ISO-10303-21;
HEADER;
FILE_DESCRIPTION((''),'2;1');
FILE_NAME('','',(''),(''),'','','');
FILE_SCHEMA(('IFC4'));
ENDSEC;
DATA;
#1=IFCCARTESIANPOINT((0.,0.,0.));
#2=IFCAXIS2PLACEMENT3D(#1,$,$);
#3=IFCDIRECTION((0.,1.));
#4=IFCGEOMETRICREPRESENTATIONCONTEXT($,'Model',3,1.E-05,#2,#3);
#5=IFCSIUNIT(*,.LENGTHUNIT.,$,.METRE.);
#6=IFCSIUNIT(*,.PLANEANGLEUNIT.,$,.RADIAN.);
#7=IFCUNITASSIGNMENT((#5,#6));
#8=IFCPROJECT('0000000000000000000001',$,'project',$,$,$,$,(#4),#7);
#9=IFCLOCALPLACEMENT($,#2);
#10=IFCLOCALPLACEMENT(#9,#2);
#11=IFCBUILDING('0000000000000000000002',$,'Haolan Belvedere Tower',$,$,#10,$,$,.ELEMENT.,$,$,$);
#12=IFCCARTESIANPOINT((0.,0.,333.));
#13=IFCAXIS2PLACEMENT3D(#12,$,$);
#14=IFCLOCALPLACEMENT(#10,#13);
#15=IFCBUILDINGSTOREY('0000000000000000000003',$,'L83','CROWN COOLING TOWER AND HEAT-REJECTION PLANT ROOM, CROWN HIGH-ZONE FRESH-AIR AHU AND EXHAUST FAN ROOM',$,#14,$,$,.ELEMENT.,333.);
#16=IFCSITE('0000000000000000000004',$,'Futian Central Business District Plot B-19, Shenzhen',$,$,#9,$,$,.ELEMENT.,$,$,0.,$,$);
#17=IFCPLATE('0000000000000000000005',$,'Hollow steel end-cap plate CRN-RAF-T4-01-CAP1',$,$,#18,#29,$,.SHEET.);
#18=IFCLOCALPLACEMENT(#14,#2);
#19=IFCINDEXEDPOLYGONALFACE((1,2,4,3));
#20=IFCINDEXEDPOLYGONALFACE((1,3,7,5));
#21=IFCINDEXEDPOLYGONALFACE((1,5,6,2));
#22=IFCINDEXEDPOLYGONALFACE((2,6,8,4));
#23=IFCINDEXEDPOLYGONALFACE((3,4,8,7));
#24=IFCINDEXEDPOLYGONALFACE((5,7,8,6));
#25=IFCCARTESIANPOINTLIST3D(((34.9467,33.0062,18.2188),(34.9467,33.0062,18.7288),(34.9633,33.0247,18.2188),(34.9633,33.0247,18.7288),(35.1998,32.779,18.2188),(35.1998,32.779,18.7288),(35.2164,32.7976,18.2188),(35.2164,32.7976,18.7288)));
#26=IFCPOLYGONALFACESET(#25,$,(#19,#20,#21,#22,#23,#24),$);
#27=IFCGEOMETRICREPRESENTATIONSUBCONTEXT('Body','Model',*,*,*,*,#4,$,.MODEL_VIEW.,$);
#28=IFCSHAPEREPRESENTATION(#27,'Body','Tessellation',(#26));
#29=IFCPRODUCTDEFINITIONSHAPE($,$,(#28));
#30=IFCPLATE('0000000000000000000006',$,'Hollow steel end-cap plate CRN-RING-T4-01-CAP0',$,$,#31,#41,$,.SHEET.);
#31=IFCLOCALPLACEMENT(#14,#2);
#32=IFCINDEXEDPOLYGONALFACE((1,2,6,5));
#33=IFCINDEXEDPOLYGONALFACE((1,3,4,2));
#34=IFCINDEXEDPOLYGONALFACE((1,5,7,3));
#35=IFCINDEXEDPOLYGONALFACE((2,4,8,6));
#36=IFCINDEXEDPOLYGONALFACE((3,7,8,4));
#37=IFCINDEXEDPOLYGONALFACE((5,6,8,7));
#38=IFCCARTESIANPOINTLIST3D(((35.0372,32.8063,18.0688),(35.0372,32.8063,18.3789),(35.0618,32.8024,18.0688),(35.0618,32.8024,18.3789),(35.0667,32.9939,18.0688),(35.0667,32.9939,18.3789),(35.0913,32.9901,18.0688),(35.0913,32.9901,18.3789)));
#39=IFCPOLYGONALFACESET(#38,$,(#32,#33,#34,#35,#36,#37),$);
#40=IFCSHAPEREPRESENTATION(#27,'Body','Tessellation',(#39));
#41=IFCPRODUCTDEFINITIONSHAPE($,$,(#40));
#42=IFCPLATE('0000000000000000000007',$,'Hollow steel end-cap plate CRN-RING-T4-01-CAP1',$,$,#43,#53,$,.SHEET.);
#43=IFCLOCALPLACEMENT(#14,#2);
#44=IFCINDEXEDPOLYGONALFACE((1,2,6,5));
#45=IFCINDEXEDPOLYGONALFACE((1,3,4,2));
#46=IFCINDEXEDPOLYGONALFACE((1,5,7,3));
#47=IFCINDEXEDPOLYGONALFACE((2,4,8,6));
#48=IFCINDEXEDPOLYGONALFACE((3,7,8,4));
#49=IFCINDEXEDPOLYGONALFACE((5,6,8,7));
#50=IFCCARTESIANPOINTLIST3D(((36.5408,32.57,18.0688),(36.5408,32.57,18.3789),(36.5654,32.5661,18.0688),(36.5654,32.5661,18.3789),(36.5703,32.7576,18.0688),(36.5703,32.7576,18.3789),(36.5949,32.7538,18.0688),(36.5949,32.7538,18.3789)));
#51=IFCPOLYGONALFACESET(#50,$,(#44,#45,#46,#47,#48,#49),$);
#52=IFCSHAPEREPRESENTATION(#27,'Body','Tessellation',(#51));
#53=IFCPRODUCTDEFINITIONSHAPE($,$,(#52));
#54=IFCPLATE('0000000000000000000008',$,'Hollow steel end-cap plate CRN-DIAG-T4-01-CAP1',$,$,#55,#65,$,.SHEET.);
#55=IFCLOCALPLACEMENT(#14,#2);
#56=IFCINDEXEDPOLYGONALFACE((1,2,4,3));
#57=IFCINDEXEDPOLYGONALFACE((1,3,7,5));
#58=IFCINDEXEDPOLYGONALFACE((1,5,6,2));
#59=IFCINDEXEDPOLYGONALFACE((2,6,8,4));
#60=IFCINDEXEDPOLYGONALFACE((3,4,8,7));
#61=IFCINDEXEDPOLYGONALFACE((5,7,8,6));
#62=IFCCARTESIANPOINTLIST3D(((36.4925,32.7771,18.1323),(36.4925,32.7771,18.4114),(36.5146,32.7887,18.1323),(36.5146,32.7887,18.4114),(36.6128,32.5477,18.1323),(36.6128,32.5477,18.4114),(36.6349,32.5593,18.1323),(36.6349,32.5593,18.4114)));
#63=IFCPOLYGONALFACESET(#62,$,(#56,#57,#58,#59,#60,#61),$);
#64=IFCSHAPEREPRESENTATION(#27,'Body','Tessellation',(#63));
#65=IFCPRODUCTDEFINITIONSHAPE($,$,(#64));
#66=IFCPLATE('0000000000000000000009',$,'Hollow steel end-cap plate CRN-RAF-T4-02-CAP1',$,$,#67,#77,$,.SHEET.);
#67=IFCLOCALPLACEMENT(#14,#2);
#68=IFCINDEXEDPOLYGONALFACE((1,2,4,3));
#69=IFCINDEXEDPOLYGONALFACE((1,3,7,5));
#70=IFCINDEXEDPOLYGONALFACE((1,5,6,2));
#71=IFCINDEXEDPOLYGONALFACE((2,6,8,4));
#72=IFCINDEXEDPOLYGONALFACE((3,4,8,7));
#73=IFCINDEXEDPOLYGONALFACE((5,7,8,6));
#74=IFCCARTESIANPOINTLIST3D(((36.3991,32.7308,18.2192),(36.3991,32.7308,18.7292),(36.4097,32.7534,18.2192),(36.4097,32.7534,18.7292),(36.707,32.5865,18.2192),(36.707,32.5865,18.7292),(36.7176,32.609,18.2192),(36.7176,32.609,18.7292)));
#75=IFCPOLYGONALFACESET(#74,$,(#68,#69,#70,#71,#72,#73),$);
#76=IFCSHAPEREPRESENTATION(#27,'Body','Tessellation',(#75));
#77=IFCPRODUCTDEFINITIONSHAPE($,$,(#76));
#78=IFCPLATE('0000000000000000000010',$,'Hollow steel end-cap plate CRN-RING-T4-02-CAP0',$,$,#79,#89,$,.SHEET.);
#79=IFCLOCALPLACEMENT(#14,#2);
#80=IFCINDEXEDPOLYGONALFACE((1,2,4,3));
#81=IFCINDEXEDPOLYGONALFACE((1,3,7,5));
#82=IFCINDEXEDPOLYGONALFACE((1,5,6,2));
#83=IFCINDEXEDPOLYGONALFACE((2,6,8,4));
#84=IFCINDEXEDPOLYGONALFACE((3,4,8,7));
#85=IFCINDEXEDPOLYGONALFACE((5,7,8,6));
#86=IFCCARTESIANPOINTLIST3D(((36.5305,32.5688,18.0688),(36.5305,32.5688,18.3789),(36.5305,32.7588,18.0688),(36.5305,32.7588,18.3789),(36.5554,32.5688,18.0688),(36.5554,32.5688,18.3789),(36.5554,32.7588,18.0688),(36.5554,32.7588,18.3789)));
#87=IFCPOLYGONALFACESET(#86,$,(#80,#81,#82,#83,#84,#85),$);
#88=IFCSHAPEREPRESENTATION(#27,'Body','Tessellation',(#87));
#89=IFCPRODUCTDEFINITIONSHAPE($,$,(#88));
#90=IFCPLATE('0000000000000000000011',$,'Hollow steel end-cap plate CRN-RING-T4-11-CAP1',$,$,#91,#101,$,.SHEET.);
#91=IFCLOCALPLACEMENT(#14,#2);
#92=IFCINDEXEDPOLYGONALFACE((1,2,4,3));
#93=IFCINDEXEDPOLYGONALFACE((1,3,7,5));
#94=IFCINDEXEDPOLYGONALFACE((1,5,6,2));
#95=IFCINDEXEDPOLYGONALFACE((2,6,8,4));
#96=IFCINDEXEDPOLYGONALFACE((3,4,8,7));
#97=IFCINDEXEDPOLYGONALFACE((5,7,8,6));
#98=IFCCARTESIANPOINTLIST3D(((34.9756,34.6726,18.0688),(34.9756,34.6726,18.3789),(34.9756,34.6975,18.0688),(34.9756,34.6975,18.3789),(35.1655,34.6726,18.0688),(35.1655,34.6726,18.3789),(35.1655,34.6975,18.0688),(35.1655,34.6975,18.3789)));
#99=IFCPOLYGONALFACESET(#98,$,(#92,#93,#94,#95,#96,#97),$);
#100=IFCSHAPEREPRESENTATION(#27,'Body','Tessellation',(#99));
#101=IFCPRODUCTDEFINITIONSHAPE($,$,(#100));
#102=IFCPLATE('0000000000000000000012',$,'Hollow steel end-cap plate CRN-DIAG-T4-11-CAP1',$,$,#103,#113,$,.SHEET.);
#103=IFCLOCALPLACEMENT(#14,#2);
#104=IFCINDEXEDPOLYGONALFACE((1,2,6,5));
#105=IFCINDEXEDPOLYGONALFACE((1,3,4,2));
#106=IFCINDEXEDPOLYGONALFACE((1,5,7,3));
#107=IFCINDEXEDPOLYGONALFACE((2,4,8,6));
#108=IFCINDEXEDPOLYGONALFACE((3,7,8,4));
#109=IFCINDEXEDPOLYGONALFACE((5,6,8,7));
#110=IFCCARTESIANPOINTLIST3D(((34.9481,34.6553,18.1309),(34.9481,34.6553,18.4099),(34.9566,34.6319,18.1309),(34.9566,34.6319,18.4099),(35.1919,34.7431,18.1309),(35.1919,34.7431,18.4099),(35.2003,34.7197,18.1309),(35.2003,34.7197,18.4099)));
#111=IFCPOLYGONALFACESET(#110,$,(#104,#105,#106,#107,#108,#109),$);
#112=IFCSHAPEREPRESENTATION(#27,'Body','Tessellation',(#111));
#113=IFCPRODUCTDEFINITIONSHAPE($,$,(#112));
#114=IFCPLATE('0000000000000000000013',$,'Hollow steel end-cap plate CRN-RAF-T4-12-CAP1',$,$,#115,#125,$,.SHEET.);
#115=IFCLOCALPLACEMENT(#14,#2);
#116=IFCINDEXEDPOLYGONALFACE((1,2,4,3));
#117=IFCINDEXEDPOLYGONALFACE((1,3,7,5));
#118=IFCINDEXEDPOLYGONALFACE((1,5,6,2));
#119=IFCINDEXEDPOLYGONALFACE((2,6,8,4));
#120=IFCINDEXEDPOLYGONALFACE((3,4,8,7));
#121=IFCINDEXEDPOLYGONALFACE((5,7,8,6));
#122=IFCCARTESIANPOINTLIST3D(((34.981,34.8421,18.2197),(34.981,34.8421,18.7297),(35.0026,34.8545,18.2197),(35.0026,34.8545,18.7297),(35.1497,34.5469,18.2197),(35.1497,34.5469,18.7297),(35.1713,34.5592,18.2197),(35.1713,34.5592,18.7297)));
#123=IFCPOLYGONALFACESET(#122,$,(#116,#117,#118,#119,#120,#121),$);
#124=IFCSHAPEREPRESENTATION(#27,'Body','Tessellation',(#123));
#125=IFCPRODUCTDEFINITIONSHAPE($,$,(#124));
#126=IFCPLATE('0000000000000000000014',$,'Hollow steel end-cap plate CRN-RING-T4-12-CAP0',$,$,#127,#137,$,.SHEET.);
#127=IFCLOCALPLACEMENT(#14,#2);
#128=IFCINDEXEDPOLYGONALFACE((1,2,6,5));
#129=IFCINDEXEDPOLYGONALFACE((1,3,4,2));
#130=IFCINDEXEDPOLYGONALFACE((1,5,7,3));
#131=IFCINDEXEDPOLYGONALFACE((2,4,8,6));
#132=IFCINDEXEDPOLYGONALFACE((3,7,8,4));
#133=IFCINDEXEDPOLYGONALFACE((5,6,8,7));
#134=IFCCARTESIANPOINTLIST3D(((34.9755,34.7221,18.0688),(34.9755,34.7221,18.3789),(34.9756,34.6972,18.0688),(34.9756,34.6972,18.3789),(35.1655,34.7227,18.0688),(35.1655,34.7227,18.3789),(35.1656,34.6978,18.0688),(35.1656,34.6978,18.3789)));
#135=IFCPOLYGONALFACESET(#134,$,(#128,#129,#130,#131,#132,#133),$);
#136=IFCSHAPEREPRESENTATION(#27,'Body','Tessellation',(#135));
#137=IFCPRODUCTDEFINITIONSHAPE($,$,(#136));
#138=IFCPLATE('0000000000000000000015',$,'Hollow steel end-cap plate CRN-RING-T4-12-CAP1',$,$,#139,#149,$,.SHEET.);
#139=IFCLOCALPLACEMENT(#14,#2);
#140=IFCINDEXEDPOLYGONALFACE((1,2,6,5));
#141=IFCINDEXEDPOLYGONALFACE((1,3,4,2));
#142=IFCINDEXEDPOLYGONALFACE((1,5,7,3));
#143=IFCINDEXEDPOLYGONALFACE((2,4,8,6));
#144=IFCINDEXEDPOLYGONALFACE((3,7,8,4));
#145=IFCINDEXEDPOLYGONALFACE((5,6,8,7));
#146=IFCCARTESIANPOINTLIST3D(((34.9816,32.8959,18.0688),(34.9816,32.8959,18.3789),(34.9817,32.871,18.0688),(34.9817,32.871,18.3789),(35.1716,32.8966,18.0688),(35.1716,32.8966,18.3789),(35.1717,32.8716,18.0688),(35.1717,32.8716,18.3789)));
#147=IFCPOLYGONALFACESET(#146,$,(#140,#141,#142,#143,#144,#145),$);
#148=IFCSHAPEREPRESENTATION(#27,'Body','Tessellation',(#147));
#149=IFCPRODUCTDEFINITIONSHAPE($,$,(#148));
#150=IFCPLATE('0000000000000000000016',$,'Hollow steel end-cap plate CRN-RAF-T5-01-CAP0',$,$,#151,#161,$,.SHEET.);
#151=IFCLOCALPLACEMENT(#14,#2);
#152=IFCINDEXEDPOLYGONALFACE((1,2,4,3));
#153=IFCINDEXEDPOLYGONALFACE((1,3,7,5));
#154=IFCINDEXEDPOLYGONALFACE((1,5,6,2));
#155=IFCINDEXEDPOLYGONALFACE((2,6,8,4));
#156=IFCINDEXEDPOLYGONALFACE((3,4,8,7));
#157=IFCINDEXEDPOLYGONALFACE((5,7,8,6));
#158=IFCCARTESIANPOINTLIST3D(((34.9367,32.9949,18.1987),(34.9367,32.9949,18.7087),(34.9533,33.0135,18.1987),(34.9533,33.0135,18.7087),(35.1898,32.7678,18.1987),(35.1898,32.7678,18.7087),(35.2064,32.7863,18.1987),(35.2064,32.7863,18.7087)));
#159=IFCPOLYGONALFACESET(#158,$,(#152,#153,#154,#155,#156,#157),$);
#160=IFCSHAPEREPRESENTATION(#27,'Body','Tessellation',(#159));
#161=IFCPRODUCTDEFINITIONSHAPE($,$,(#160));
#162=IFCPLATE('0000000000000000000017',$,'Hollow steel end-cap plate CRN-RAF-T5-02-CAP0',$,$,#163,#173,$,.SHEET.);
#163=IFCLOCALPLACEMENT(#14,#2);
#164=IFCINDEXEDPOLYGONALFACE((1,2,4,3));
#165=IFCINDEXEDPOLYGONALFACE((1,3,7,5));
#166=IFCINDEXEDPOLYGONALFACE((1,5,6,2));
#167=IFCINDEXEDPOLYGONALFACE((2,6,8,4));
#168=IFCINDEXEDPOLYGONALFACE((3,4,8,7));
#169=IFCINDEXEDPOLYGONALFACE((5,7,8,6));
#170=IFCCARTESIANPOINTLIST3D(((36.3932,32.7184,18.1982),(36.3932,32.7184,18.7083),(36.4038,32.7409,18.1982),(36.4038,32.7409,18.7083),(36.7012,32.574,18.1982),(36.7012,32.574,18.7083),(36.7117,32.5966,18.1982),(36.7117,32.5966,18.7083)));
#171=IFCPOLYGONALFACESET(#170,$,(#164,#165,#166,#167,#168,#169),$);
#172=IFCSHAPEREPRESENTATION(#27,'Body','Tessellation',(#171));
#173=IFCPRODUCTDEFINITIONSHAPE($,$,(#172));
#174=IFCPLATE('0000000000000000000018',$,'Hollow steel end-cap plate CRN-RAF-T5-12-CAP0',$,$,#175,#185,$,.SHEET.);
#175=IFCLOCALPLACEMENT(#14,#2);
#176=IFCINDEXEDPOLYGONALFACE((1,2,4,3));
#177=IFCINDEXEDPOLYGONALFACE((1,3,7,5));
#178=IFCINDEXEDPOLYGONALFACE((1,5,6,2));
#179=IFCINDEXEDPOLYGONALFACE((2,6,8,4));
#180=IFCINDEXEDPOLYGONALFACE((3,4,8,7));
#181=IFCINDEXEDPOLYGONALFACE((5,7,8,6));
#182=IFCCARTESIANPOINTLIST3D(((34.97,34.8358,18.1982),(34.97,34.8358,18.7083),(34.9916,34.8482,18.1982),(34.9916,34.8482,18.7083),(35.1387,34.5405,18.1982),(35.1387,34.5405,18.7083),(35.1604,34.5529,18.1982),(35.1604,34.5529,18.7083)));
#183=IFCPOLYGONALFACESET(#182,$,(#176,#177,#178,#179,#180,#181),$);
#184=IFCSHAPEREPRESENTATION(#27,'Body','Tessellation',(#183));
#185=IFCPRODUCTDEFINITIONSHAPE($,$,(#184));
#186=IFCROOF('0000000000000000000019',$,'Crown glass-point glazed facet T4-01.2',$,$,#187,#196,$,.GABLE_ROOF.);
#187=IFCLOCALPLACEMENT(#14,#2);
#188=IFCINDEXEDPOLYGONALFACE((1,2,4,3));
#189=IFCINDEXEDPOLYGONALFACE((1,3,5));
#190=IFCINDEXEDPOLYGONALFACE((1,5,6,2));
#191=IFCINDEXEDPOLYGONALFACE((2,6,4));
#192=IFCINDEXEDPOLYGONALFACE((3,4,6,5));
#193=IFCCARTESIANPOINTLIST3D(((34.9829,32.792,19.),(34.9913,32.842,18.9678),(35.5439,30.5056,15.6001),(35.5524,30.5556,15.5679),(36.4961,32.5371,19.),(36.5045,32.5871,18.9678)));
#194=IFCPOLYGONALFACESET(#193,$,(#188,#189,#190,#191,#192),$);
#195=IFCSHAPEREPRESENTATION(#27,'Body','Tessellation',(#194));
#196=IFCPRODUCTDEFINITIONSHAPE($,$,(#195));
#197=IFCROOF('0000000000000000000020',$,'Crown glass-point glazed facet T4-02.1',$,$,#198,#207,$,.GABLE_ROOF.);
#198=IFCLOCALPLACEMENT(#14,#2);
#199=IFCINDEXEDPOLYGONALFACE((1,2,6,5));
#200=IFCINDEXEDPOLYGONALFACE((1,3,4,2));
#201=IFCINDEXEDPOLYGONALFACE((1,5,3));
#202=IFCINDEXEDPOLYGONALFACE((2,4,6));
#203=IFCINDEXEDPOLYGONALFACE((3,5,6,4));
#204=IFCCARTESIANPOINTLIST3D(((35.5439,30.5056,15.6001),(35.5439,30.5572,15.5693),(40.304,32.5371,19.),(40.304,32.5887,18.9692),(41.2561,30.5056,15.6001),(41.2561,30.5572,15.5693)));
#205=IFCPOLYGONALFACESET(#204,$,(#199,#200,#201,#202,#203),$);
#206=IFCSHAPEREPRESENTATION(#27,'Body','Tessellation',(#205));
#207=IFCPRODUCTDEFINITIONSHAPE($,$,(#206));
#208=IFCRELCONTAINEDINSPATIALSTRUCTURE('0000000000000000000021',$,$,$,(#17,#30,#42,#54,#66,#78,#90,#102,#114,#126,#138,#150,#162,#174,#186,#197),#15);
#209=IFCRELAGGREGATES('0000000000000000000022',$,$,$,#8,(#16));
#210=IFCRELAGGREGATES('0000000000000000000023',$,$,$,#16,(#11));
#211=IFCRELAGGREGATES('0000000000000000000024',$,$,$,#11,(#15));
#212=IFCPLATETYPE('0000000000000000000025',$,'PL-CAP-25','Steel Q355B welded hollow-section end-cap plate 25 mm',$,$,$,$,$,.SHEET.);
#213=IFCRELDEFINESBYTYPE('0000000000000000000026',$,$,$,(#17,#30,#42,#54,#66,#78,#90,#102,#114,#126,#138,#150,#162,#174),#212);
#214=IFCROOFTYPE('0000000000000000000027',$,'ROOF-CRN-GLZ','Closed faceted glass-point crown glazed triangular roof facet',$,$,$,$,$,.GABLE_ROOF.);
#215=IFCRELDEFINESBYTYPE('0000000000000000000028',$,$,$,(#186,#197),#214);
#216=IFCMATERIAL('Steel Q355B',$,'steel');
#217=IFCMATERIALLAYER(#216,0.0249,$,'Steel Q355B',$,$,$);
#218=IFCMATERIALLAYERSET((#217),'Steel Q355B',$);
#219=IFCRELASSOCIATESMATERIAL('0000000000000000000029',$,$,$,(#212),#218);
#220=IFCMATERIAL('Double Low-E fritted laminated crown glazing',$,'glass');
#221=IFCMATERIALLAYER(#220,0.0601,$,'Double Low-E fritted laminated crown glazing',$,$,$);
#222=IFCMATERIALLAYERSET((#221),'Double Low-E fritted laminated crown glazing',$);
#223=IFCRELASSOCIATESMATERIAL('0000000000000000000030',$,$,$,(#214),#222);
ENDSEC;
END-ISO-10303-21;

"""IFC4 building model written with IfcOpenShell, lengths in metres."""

from ifc_helpers import new_model, si_unit, direction, frame, origin, origin_2d, place, context, subcontext, project, spatial, polyline, rectangle, outline, extrude, material, layer, layer_set, type_object, element, save


model = new_model("IFC4")

# Units and contexts
model_context = context("Model", 3, precision=1e-05, world=origin(), true_north=direction((0.0, 1.0)))
body_context = subcontext(model_context, "Body", "Model", "MODEL_VIEW")
ifc_project = project(units=[si_unit("LENGTHUNIT", "METRE"), si_unit("PLANEANGLEUNIT", "RADIAN")], contexts=[model_context])

# Site, building, storey
site_placement = place(None, origin())
site = spatial("IfcSite", under=ifc_project, at=site_placement, Name="Futian Central Business District Plot B-19, Shenzhen", CompositionType="ELEMENT", RefElevation=0.0)
building_placement = place(site_placement, origin())
building = spatial("IfcBuilding", under=site, at=building_placement, Name="Haolan Belvedere Tower", CompositionType="ELEMENT")
storey_placement = place(building_placement, frame((0.0, 0.0, 333.0)))
storey = spatial("IfcBuildingStorey", under=building, at=storey_placement, Name="L83", Description="CROWN COOLING TOWER AND HEAT-REJECTION PLANT ROOM, CROWN HIGH-ZONE FRESH-AIR AHU AND EXHAUST FAN ROOM", CompositionType="ELEMENT", Elevation=333.0)

# Shared definitions
ifc_material_1 = material(Name="Steel Q355B", Category="steel")

# Plates
ifc_layer_1 = layer(ifc_material_1, 0.0249, Name="Steel Q355B")
ifc_layer_set_1 = layer_set([ifc_layer_1], Name="Steel Q355B")
plate_type = type_object("IfcPlateType", Name="PL-CAP-25", Description="Steel Q355B welded hollow-section end-cap plate 25 mm", PredefinedType="SHEET", material=ifc_layer_set_1)
plate_1_placement = place(storey_placement, frame((35.0815, 32.9019, 18.2188), z_axis=(0.0, 0.0, 1.0), x_axis=(-0.744288, 0.667859, 0.0)))
element("IfcPlate", 1, at=plate_1_placement, inside=storey, type_object=plate_type, Name="Hollow steel end-cap plate CRN-RAF-T4-01-CAP1", PredefinedType="SHEET", context=body_context, shape_type="SweptSolid", body=[
    extrude(rectangle(XDim=0.3401, YDim=0.0249, at=origin_2d()), origin(), (0.0, 0.0, 1.0), 0.51),
])
for number, where, z_axis, x_axis, name in (
    (2, (35.0642, 32.8982, 18.0688), (0.0, 0.0, 1.0), (-0.155245, -0.987876, 0.0), "Hollow steel end-cap plate CRN-RING-T4-01-CAP0"),
    (3, (36.5679, 32.6619, 18.0688), (0.0, 0.0, 1.0), (0.155245, 0.987876, 0.0), "Hollow steel end-cap plate CRN-RING-T4-01-CAP1"),
):
    element("IfcPlate", number, at=place(storey_placement, frame(where, z_axis=z_axis, x_axis=x_axis)), inside=storey, type_object=plate_type, Name=name, PredefinedType="SHEET", context=body_context, shape_type="SweptSolid", body=[
        extrude(rectangle(XDim=0.1899, YDim=0.0249, at=origin_2d()), origin(), (0.0, 0.0, 1.0), 0.3101),
    ])
plate_2_placement = place(storey_placement, frame((36.5637, 32.6682, 18.1323), z_axis=(0.0, 0.0, 1.0), x_axis=(-0.46444, 0.885604, 0.0)))
element("IfcPlate", 4, at=plate_2_placement, inside=storey, type_object=plate_type, Name="Hollow steel end-cap plate CRN-DIAG-T4-01-CAP1", PredefinedType="SHEET", context=body_context, shape_type="SweptSolid", body=[
    extrude(rectangle(XDim=0.259, YDim=0.0249, at=origin_2d()), origin(), (0.0, 0.0, 1.0), 0.2791),
])
plate_3_placement = place(storey_placement, frame((36.5583, 32.6699, 18.2192), z_axis=(0.0, 0.0, 1.0), x_axis=(-0.905502, 0.424342, 0.0)))
element("IfcPlate", 5, at=plate_3_placement, inside=storey, type_object=plate_type, Name="Hollow steel end-cap plate CRN-RAF-T4-02-CAP1", PredefinedType="SHEET", context=body_context, shape_type="SweptSolid", body=[
    extrude(rectangle(XDim=0.3401, YDim=0.0249, at=origin_2d()), origin(), (0.0, 0.0, 1.0), 0.51),
])
for number, where, z_axis, x_axis, name in (
    (6, (36.543, 32.6638, 18.0688), (0.0, 0.0, 1.0), (0.0, -1.0, 0.0), "Hollow steel end-cap plate CRN-RING-T4-02-CAP0"),
    (7, (35.0706, 34.6851, 18.0688), (0.0, 0.0, 1.0), (1.0, 0.0, 0.0), "Hollow steel end-cap plate CRN-RING-T4-11-CAP1"),
):
    element("IfcPlate", number, at=place(storey_placement, frame(where, z_axis=z_axis, x_axis=x_axis)), inside=storey, type_object=plate_type, Name=name, PredefinedType="SHEET", context=body_context, shape_type="SweptSolid", body=[
        extrude(rectangle(XDim=0.1899, YDim=0.0249, at=origin_2d()), origin(), (0.0, 0.0, 1.0), 0.3101),
    ])
plate_4_placement = place(storey_placement, frame((35.0742, 34.6875, 18.1309), z_axis=(0.0, 0.0, 1.0), x_axis=(0.940839, 0.338853, 0.0)))
element("IfcPlate", 8, at=plate_4_placement, inside=storey, type_object=plate_type, Name="Hollow steel end-cap plate CRN-DIAG-T4-11-CAP1", PredefinedType="SHEET", context=body_context, shape_type="SweptSolid", body=[
    extrude(rectangle(XDim=0.259, YDim=0.0249, at=origin_2d()), origin(), (0.0, 0.0, 1.0), 0.2791),
])
plate_5_placement = place(storey_placement, frame((35.0762, 34.7007, 18.2197), z_axis=(0.0, 0.0, 1.0), x_axis=(-0.496141, 0.868242, 0.0)))
element("IfcPlate", 9, at=plate_5_placement, inside=storey, type_object=plate_type, Name="Hollow steel end-cap plate CRN-RAF-T4-12-CAP1", PredefinedType="SHEET", context=body_context, shape_type="SweptSolid", body=[
    extrude(rectangle(XDim=0.3401, YDim=0.0249, at=origin_2d()), origin(), (0.0, 0.0, 1.0), 0.51),
])
for number, where, z_axis, x_axis, name in (
    (10, (35.0706, 34.71, 18.0688), (0.0, 0.0, 1.0), (-0.999995, -0.003281, 0.0), "Hollow steel end-cap plate CRN-RING-T4-12-CAP0"),
    (11, (35.0767, 32.8838, 18.0688), (0.0, 0.0, 1.0), (0.999995, 0.003281, 0.0), "Hollow steel end-cap plate CRN-RING-T4-12-CAP1"),
):
    element("IfcPlate", number, at=place(storey_placement, frame(where, z_axis=z_axis, x_axis=x_axis)), inside=storey, type_object=plate_type, Name=name, PredefinedType="SHEET", context=body_context, shape_type="SweptSolid", body=[
        extrude(rectangle(XDim=0.1899, YDim=0.0249, at=origin_2d()), origin(), (0.0, 0.0, 1.0), 0.3101),
    ])
for number, where, z_axis, x_axis, name in (
    (12, (35.0715, 32.8906, 18.1987), (0.0, 0.0, 1.0), (0.744288, -0.667859, 0.0), "Hollow steel end-cap plate CRN-RAF-T5-01-CAP0"),
    (13, (36.5525, 32.6575, 18.1982), (0.0, 0.0, 1.0), (0.905502, -0.424342, 0.0), "Hollow steel end-cap plate CRN-RAF-T5-02-CAP0"),
    (14, (35.0652, 34.6943, 18.1982), (0.0, 0.0, 1.0), (0.496141, -0.868242, 0.0), "Hollow steel end-cap plate CRN-RAF-T5-12-CAP0"),
):
    element("IfcPlate", number, at=place(storey_placement, frame(where, z_axis=z_axis, x_axis=x_axis)), inside=storey, type_object=plate_type, Name=name, PredefinedType="SHEET", context=body_context, shape_type="SweptSolid", body=[
        extrude(rectangle(XDim=0.3401, YDim=0.0249, at=origin_2d()), origin(), (0.0, 0.0, 1.0), 0.51),
    ])

# Roofs
ifc_material_2 = material(Name="Double Low-E fritted laminated crown glazing", Category="glass")
ifc_layer_2 = layer(ifc_material_2, 0.0601, Name="Double Low-E fritted laminated crown glazing")
ifc_layer_set_2 = layer_set([ifc_layer_2], Name="Double Low-E fritted laminated crown glazing")
roof_type_1 = type_object("IfcRoofType", Name="ROOF-CRN-GLZ", Description="Closed faceted glass-point crown glazed triangular roof facet", PredefinedType="GABLE_ROOF", material=ifc_layer_set_2)
roof_1_placement = place(storey_placement, frame((35.5439, 30.5056, 15.6001), z_axis=(-0.140174, -0.83218, 0.536496), x_axis=(0.233746, 0.498717, 0.834652)))
element("IfcRoof", 15, at=roof_1_placement, inside=storey, type_object=roof_type_1, Name="Crown glass-point glazed facet T4-01.2", PredefinedType="GABLE_ROOF", context=body_context, shape_type="SweptSolid", body=[
    extrude(outline(polyline([(0.0, 0.0), (4.0734, 0.0), (3.8469, 1.5177), (0.0, 0.0)])), origin(), (0.0, 0.0, -1.0), 0.0601),
])
roof_2_placement = place(storey_placement, frame((35.5439, 30.5056, 15.6001), z_axis=(0.0, -0.858432, 0.512927), x_axis=(1.0, 0.0, 0.0)))
element("IfcRoof", 16, at=roof_2_placement, inside=storey, type_object=roof_type_1, Name="Crown glass-point glazed facet T4-02.1", PredefinedType="GABLE_ROOF", context=body_context, shape_type="SweptSolid", body=[
    extrude(outline(polyline([(0.0, 0.0), (5.7122, 0.0), (4.76, 3.9606), (0.0, 0.0)])), origin(), (0.0, 0.0, -1.0), 0.0601),
])

save(model, "model.ifc")
